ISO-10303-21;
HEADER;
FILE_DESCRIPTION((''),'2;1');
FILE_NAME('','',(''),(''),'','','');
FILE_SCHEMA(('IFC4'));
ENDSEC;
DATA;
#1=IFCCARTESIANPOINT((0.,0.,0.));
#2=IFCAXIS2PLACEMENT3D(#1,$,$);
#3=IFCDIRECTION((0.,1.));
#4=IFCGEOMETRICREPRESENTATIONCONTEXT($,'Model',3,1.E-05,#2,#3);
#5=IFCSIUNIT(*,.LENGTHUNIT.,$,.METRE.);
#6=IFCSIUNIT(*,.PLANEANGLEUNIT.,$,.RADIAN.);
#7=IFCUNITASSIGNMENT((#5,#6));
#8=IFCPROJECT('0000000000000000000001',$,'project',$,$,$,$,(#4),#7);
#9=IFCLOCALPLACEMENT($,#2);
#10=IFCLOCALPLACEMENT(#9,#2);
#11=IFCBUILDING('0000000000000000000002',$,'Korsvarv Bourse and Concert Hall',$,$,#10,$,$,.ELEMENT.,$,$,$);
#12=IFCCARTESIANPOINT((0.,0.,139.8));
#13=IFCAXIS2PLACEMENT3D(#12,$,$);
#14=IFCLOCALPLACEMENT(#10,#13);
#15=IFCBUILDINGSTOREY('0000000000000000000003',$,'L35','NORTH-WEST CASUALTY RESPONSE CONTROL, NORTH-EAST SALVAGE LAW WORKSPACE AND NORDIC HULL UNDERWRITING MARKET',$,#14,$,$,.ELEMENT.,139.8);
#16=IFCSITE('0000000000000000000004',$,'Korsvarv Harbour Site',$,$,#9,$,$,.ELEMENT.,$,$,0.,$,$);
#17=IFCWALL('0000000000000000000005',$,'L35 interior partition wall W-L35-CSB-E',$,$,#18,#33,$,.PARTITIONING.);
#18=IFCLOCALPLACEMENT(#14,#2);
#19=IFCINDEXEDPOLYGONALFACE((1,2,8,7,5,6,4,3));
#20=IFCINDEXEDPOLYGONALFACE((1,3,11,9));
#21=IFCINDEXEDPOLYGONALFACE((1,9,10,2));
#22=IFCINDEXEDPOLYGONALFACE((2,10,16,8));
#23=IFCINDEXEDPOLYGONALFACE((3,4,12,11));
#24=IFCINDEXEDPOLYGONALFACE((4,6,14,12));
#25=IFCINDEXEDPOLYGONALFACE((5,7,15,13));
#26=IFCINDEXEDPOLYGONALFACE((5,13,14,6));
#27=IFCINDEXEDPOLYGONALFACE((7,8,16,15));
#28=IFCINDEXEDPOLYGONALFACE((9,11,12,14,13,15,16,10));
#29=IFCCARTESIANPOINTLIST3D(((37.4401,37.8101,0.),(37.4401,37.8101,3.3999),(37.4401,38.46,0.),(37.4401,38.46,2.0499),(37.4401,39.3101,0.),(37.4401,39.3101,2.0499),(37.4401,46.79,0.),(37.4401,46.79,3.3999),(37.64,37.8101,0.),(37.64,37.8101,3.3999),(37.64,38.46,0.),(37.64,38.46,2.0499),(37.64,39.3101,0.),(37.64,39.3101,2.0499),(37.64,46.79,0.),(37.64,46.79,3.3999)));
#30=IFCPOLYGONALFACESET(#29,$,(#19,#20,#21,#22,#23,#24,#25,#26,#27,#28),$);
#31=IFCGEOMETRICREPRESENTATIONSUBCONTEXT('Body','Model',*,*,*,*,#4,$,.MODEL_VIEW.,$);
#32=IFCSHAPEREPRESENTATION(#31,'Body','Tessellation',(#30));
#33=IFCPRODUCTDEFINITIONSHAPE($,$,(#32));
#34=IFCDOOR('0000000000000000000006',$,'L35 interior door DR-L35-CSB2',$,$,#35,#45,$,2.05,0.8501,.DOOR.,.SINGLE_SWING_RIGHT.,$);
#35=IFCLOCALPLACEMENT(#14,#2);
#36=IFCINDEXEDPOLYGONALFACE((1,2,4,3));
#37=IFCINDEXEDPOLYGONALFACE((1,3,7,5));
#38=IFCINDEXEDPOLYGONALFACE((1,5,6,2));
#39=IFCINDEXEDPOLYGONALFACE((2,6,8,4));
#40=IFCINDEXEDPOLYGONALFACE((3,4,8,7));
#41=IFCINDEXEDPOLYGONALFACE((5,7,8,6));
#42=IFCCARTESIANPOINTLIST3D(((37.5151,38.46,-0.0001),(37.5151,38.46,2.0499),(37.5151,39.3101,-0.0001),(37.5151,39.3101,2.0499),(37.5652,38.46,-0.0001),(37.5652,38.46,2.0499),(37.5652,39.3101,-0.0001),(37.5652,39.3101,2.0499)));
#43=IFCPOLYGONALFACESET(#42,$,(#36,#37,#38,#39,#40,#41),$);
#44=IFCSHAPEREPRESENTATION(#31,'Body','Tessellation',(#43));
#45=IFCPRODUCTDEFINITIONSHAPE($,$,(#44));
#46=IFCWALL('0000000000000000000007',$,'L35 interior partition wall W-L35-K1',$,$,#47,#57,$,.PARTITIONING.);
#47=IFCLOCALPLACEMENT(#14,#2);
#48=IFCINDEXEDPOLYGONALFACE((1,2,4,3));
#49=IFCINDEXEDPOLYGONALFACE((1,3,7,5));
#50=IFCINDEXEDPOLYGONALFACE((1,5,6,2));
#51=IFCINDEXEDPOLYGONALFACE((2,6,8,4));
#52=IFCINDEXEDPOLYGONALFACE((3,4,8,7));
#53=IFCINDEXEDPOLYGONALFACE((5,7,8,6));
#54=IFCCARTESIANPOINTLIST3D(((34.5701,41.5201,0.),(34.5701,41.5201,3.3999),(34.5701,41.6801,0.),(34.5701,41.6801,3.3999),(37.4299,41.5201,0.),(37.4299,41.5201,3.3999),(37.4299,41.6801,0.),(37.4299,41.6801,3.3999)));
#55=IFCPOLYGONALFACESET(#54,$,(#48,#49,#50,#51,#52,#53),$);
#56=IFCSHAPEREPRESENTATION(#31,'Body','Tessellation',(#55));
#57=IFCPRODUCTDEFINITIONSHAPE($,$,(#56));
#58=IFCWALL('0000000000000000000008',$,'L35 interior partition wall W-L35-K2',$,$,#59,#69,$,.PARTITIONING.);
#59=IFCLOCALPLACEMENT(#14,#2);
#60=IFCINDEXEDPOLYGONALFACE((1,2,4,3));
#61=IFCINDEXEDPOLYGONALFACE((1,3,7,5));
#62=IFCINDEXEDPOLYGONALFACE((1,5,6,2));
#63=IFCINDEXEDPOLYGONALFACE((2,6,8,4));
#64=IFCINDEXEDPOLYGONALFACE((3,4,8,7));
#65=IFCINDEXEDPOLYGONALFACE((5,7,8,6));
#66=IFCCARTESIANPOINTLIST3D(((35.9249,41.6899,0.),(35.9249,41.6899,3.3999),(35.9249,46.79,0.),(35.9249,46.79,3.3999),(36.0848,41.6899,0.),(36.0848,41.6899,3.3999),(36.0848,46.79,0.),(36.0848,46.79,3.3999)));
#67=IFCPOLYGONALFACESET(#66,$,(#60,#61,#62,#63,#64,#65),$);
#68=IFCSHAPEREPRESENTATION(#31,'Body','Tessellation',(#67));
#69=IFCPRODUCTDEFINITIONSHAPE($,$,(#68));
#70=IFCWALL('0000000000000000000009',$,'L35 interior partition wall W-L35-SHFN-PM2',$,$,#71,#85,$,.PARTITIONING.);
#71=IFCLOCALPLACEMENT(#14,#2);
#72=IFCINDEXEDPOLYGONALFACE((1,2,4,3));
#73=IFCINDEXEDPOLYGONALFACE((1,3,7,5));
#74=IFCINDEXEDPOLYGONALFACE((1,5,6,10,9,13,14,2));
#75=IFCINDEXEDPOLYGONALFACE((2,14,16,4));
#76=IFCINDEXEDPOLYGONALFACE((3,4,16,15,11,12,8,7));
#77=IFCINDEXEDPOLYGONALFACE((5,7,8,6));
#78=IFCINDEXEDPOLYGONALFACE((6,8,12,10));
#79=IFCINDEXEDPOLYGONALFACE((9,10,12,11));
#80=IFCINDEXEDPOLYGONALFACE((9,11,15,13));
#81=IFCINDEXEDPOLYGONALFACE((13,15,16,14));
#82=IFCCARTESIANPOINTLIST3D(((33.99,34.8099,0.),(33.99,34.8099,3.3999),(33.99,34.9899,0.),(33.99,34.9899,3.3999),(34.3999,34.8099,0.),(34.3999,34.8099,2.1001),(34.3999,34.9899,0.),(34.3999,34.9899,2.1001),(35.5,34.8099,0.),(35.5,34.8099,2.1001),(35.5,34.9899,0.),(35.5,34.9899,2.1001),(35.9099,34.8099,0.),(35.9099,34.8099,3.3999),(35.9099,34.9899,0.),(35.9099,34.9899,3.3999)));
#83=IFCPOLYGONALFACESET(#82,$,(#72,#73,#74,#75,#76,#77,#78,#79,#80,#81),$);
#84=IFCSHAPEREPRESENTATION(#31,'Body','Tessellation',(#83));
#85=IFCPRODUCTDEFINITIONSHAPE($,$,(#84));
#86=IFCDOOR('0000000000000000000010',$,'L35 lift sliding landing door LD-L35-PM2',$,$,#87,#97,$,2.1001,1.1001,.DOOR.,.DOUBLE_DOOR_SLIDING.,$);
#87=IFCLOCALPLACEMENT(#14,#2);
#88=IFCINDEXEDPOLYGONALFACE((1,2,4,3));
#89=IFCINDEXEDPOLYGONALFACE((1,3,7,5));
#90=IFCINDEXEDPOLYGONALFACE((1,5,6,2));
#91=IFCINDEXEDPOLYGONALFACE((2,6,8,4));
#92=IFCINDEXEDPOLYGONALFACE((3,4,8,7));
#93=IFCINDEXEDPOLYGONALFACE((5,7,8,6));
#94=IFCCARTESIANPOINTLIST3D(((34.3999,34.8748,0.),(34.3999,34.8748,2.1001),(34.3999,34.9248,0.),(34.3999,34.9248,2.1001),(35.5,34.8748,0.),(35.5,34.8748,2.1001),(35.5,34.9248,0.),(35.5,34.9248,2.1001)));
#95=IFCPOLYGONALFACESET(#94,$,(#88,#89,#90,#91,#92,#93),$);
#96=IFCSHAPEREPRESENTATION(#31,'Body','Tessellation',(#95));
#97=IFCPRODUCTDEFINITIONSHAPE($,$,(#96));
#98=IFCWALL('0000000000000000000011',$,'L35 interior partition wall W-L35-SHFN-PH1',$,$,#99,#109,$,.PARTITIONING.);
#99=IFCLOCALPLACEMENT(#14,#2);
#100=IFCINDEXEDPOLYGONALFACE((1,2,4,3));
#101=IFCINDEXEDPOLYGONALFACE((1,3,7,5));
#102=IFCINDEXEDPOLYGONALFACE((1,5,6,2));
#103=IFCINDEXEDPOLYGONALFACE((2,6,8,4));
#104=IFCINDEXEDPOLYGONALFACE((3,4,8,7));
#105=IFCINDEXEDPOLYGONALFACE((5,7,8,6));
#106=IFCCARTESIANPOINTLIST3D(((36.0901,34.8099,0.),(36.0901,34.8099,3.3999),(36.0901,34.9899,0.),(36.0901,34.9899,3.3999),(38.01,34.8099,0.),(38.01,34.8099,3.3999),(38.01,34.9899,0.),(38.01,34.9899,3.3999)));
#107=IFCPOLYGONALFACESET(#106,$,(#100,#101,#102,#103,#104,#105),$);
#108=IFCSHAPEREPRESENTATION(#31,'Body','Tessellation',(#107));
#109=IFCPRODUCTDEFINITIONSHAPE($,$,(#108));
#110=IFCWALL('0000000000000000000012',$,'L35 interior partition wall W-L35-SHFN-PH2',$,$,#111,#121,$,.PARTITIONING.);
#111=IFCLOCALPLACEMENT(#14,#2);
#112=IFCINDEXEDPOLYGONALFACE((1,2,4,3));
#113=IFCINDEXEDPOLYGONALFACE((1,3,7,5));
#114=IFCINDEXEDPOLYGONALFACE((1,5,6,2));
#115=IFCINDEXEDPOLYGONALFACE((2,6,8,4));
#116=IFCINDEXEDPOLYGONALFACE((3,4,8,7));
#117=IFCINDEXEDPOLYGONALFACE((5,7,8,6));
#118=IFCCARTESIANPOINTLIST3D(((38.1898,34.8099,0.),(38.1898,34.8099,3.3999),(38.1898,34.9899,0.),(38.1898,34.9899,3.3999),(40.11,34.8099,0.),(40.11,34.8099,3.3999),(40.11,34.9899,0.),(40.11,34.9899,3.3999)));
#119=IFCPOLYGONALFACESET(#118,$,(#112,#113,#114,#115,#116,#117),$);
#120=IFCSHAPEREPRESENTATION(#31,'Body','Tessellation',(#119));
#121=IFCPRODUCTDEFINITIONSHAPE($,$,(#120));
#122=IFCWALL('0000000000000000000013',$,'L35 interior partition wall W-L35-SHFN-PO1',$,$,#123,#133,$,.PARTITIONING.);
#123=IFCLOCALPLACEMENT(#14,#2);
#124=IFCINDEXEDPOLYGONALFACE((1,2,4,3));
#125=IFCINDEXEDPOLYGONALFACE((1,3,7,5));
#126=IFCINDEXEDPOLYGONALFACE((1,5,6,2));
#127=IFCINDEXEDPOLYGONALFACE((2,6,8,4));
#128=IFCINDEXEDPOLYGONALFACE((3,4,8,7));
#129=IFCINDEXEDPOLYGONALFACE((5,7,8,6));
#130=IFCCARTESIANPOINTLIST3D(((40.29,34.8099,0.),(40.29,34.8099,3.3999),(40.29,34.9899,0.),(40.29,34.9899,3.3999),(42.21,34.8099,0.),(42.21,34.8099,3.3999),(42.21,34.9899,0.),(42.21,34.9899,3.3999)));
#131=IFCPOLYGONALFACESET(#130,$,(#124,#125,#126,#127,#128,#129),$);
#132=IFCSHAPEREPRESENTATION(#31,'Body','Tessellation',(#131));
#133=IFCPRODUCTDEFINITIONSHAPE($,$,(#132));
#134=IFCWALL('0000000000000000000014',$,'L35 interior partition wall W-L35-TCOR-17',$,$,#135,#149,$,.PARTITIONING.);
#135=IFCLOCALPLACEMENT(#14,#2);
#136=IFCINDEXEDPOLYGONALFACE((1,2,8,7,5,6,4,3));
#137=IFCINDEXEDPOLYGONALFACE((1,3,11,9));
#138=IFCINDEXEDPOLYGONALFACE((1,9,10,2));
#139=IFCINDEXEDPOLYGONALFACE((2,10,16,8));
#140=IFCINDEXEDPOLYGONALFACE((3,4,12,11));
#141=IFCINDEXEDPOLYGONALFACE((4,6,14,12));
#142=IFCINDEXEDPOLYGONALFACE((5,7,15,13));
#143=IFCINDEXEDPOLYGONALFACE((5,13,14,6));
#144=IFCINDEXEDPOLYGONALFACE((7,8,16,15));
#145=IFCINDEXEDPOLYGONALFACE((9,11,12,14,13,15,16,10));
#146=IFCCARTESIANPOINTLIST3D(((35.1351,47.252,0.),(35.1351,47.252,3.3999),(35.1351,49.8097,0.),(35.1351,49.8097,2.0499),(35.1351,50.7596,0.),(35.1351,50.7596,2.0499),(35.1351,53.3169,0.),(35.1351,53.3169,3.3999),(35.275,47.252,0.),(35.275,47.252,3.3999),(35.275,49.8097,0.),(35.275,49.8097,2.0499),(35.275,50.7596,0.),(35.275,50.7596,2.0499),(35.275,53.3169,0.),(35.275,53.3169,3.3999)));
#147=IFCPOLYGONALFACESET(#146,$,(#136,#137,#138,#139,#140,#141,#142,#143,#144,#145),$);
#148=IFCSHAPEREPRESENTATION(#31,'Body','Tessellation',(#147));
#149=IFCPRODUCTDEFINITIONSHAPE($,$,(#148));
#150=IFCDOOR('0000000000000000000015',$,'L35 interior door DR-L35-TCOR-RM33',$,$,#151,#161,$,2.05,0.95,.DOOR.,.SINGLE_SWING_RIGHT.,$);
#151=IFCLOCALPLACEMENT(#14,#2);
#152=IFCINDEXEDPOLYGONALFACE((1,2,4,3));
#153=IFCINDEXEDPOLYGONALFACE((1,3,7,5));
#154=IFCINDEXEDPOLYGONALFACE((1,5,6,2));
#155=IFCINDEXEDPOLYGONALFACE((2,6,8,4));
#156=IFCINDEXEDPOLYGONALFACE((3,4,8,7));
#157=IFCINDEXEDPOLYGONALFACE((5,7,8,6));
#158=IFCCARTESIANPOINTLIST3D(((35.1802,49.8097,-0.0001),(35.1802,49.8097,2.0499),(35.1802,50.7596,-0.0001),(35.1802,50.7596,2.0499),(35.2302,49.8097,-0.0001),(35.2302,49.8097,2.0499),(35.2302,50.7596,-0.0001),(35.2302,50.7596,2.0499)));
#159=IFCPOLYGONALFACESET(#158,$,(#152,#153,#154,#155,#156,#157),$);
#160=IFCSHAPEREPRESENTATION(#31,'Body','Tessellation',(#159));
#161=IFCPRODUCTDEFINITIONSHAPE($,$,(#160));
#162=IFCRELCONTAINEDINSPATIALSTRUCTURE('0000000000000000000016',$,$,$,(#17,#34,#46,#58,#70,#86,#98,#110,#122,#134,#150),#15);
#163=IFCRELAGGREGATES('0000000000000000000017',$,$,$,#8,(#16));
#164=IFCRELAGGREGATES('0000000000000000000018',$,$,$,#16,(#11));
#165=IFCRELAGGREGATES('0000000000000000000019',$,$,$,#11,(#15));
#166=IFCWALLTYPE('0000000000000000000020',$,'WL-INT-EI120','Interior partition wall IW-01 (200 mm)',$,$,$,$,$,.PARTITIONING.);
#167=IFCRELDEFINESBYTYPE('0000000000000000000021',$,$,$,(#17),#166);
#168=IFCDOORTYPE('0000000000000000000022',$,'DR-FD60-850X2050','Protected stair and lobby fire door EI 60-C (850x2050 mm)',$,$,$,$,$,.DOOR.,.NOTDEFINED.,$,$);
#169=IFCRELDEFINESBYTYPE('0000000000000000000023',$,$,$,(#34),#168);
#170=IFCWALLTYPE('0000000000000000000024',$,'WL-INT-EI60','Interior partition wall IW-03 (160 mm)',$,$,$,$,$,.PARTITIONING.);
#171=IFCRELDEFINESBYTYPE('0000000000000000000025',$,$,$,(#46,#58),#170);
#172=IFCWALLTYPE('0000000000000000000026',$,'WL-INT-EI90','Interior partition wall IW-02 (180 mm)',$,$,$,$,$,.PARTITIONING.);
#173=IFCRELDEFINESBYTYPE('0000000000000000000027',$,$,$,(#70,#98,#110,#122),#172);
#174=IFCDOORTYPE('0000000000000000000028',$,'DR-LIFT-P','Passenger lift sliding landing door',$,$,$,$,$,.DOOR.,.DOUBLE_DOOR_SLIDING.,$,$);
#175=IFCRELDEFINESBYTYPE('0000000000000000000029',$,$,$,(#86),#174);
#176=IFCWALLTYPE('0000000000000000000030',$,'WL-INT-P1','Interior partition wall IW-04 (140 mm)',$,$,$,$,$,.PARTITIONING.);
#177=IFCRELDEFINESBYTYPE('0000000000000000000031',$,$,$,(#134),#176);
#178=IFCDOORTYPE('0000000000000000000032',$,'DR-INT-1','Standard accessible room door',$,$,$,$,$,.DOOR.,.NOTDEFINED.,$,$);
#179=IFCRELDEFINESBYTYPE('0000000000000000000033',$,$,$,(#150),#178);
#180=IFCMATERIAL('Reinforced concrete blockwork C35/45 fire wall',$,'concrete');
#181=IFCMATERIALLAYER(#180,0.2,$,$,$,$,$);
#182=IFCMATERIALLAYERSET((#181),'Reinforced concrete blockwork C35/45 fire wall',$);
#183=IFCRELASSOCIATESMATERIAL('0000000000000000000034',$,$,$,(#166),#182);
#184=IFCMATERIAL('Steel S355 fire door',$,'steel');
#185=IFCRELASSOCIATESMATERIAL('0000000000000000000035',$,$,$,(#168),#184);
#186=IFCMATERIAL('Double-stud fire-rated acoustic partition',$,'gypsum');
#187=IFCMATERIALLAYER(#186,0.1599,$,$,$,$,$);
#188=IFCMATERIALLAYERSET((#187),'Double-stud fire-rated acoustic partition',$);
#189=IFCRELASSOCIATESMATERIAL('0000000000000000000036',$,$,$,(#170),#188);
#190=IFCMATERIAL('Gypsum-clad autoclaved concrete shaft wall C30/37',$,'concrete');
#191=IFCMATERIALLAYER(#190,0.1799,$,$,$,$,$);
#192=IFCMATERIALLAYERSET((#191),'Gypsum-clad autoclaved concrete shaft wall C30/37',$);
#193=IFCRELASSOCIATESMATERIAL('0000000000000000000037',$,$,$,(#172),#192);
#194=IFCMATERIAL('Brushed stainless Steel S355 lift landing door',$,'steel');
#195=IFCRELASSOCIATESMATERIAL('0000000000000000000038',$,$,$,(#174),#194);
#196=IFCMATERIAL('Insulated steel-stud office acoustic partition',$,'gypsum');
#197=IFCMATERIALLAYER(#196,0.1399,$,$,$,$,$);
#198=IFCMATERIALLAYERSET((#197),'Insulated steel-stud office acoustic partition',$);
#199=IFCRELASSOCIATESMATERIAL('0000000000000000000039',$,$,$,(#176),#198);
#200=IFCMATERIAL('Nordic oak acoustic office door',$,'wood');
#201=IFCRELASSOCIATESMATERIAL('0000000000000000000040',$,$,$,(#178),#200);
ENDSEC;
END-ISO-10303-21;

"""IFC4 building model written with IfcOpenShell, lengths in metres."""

from ifc_helpers import new_model, si_unit, direction, frame, frame_2d, origin, place, context, subcontext, project, spatial, rectangle, extrude, material, layer, layer_set, type_object, element, fill, save


model = new_model("IFC4")

# Units and contexts
model_context = context("Model", 3, precision=1e-05, world=origin(), true_north=direction((0.0, 1.0)))
body_context = subcontext(model_context, "Body", "Model", "MODEL_VIEW")
ifc_project = project(units=[si_unit("LENGTHUNIT", "METRE"), si_unit("PLANEANGLEUNIT", "RADIAN")], contexts=[model_context])

# Site, building, storey
site_placement = place(None, origin())
site = spatial("IfcSite", under=ifc_project, at=site_placement, Name="Korsvarv Harbour Site", CompositionType="ELEMENT", RefElevation=0.0)
building_placement = place(site_placement, origin())
building = spatial("IfcBuilding", under=site, at=building_placement, Name="Korsvarv Bourse and Concert Hall", CompositionType="ELEMENT")
storey_placement = place(building_placement, frame((0.0, 0.0, 139.8)))
storey = spatial("IfcBuildingStorey", under=building, at=storey_placement, Name="L35", Description="NORTH-WEST CASUALTY RESPONSE CONTROL, NORTH-EAST SALVAGE LAW WORKSPACE AND NORDIC HULL UNDERWRITING MARKET", CompositionType="ELEMENT", Elevation=139.8)

# Shared definitions
ifc_material_1 = material(Name="Steel S355 fire door", Category="steel")

# Wall, opening, door
ifc_material_2 = material(Name="Reinforced concrete blockwork C35/45 fire wall", Category="concrete")
ifc_layer_1 = layer(ifc_material_2, 0.2)
ifc_layer_set_1 = layer_set([ifc_layer_1], Name="Reinforced concrete blockwork C35/45 fire wall")
wall_type_1 = type_object("IfcWallType", Name="WL-INT-EI120", Description="Interior partition wall IW-01 (200 mm)", PredefinedType="PARTITIONING", material=ifc_layer_set_1)
door_type_1 = type_object("IfcDoorType", Name="DR-FD60-850X2050", Description="Protected stair and lobby fire door EI 60-C (850x2050 mm)", OperationType="NOTDEFINED", PredefinedType="DOOR", material=ifc_material_1)
wall_1_placement = place(storey_placement, frame((37.54, 37.8101, 0.0), z_axis=(0.0, 0.0, 1.0), x_axis=(0.0, 1.0, 0.0)))
wall_1 = element("IfcWall", 1, at=wall_1_placement, inside=storey, type_object=wall_type_1, Name="L35 interior partition wall W-L35-CSB-E", PredefinedType="PARTITIONING", context=body_context, shape_type="SweptSolid", body=[
    extrude(rectangle(XDim=8.98, YDim=0.2, at=frame_2d((4.49, 0.0))), origin(), (0.0, 0.0, 1.0), 3.3999),
])
opening_1_placement = place(wall_1_placement, frame((0.6499, 0.0, 0.0)))
opening_1 = element("IfcOpeningElement", 2, at=opening_1_placement, cuts=wall_1, PredefinedType="OPENING", context=body_context, shape_type="SweptSolid", body=[
    extrude(rectangle(XDim=0.8501, YDim=2.05, at=frame_2d((0.425, 1.0249))), frame((0.0, 0.1099, 0.0), z_axis=(0.0, -1.0, 0.0), x_axis=(1.0, 0.0, 0.0)), (0.0, 0.0, 1.0), 0.22),
])
door_1_placement = place(opening_1_placement, origin())
door_1 = element("IfcDoor", 3, at=door_1_placement, inside=storey, type_object=door_type_1, Name="L35 interior door DR-L35-CSB2", OperationType="SINGLE_SWING_RIGHT", OverallHeight=2.05, OverallWidth=0.8501, PredefinedType="DOOR", context=body_context, shape_type="SweptSolid", body=[
    extrude(rectangle(XDim=0.8501, YDim=2.05, at=frame_2d((0.425, 1.0249))), frame((0.0, 0.0249, 0.0), z_axis=(0.0, -1.0, 0.0), x_axis=(1.0, 0.0, 0.0)), (0.0, 0.0, 1.0), 0.05),
])
fill(opening_1, door_1)

# Walls
ifc_material_3 = material(Name="Double-stud fire-rated acoustic partition", Category="gypsum")
ifc_layer_2 = layer(ifc_material_3, 0.1599)
ifc_layer_set_2 = layer_set([ifc_layer_2], Name="Double-stud fire-rated acoustic partition")
wall_type_2 = type_object("IfcWallType", Name="WL-INT-EI60", Description="Interior partition wall IW-03 (160 mm)", PredefinedType="PARTITIONING", material=ifc_layer_set_2)
wall_2_placement = place(storey_placement, frame((34.5701, 41.6001, 0.0), z_axis=(0.0, 0.0, 1.0), x_axis=(1.0, 0.0, 0.0)))
element("IfcWall", 4, at=wall_2_placement, inside=storey, type_object=wall_type_2, Name="L35 interior partition wall W-L35-K1", PredefinedType="PARTITIONING", context=body_context, shape_type="SweptSolid", body=[
    extrude(rectangle(XDim=2.8599, YDim=0.1599, at=frame_2d((1.4299, 0.0))), origin(), (0.0, 0.0, 1.0), 3.3999),
])
wall_3_placement = place(storey_placement, frame((36.0049, 41.6899, 0.0), z_axis=(0.0, 0.0, 1.0), x_axis=(0.0, 1.0, 0.0)))
element("IfcWall", 5, at=wall_3_placement, inside=storey, type_object=wall_type_2, Name="L35 interior partition wall W-L35-K2", PredefinedType="PARTITIONING", context=body_context, shape_type="SweptSolid", body=[
    extrude(rectangle(XDim=5.1001, YDim=0.1599, at=frame_2d((2.55, 0.0))), origin(), (0.0, 0.0, 1.0), 3.3999),
])

# Wall, opening, door
ifc_material_4 = material(Name="Gypsum-clad autoclaved concrete shaft wall C30/37", Category="concrete")
ifc_layer_3 = layer(ifc_material_4, 0.1799)
ifc_layer_set_3 = layer_set([ifc_layer_3], Name="Gypsum-clad autoclaved concrete shaft wall C30/37")
wall_type_3 = type_object("IfcWallType", Name="WL-INT-EI90", Description="Interior partition wall IW-02 (180 mm)", PredefinedType="PARTITIONING", material=ifc_layer_set_3)
wall_4_placement = place(storey_placement, frame((33.99, 34.8999, 0.0), z_axis=(0.0, 0.0, 1.0), x_axis=(1.0, 0.0, 0.0)))
wall_4 = element("IfcWall", 6, at=wall_4_placement, inside=storey, type_object=wall_type_3, Name="L35 interior partition wall W-L35-SHFN-PM2", PredefinedType="PARTITIONING", context=body_context, shape_type="SweptSolid", body=[
    extrude(rectangle(XDim=1.9199, YDim=0.1799, at=frame_2d((0.96, 0.0))), origin(), (0.0, 0.0, 1.0), 3.3999),
])
opening_2_placement = place(wall_4_placement, frame((0.4099, 0.0, 0.0)))
opening_2 = element("IfcOpeningElement", 7, at=opening_2_placement, cuts=wall_4, PredefinedType="OPENING", context=body_context, shape_type="SweptSolid", body=[
    extrude(rectangle(XDim=1.1001, YDim=2.1001, at=frame_2d((0.55, 1.05))), frame((0.0, 0.1001, 0.0), z_axis=(0.0, -1.0, 0.0), x_axis=(1.0, 0.0, 0.0)), (0.0, 0.0, 1.0), 0.2),
])
ifc_material_5 = material(Name="Brushed stainless Steel S355 lift landing door", Category="steel")
door_type_2 = type_object("IfcDoorType", Name="DR-LIFT-P", Description="Passenger lift sliding landing door", OperationType="DOUBLE_DOOR_SLIDING", PredefinedType="DOOR", material=ifc_material_5)
door_2_placement = place(opening_2_placement, origin())
door_2 = element("IfcDoor", 8, at=door_2_placement, inside=storey, type_object=door_type_2, Name="L35 lift sliding landing door LD-L35-PM2", OperationType="DOUBLE_DOOR_SLIDING", OverallHeight=2.1001, OverallWidth=1.1001, PredefinedType="DOOR", context=body_context, shape_type="SweptSolid", body=[
    extrude(rectangle(XDim=1.1001, YDim=2.1001, at=frame_2d((0.55, 1.05))), frame((0.0, 0.0249, 0.0), z_axis=(0.0, -1.0, 0.0), x_axis=(1.0, 0.0, 0.0)), (0.0, 0.0, 1.0), 0.05),
])
fill(opening_2, door_2)

# Walls
wall_5_placement = place(storey_placement, frame((36.0901, 34.8999, 0.0), z_axis=(0.0, 0.0, 1.0), x_axis=(1.0, 0.0, 0.0)))
element("IfcWall", 9, at=wall_5_placement, inside=storey, type_object=wall_type_3, Name="L35 interior partition wall W-L35-SHFN-PH1", PredefinedType="PARTITIONING", context=body_context, shape_type="SweptSolid", body=[
    extrude(rectangle(XDim=1.9199, YDim=0.1799, at=frame_2d((0.96, 0.0))), origin(), (0.0, 0.0, 1.0), 3.3999),
])
wall_6_placement = place(storey_placement, frame((38.1899, 34.8999, 0.0), z_axis=(0.0, 0.0, 1.0), x_axis=(1.0, 0.0, 0.0)))
element("IfcWall", 10, at=wall_6_placement, inside=storey, type_object=wall_type_3, Name="L35 interior partition wall W-L35-SHFN-PH2", PredefinedType="PARTITIONING", context=body_context, shape_type="SweptSolid", body=[
    extrude(rectangle(XDim=1.9202, YDim=0.1799, at=frame_2d((0.96, 0.0))), origin(), (0.0, 0.0, 1.0), 3.3999),
])
wall_7_placement = place(storey_placement, frame((40.29, 34.8999, 0.0), z_axis=(0.0, 0.0, 1.0), x_axis=(1.0, 0.0, 0.0)))
element("IfcWall", 11, at=wall_7_placement, inside=storey, type_object=wall_type_3, Name="L35 interior partition wall W-L35-SHFN-PO1", PredefinedType="PARTITIONING", context=body_context, shape_type="SweptSolid", body=[
    extrude(rectangle(XDim=1.9199, YDim=0.1799, at=frame_2d((0.96, 0.0))), origin(), (0.0, 0.0, 1.0), 3.3999),
])

# Wall, opening, door
ifc_material_6 = material(Name="Insulated steel-stud office acoustic partition", Category="gypsum")
ifc_layer_4 = layer(ifc_material_6, 0.1399)
ifc_layer_set_4 = layer_set([ifc_layer_4], Name="Insulated steel-stud office acoustic partition")
wall_type_4 = type_object("IfcWallType", Name="WL-INT-P1", Description="Interior partition wall IW-04 (140 mm)", PredefinedType="PARTITIONING", material=ifc_layer_set_4)
wall_8_placement = place(storey_placement, frame((35.2051, 47.252, 0.0), z_axis=(0.0, 0.0, 1.0), x_axis=(0.0, 1.0, 0.0)))
wall_8 = element("IfcWall", 12, at=wall_8_placement, inside=storey, type_object=wall_type_4, Name="L35 interior partition wall W-L35-TCOR-17", PredefinedType="PARTITIONING", context=body_context, shape_type="SweptSolid", body=[
    extrude(rectangle(XDim=6.0649, YDim=0.1399, at=frame_2d((3.0325, 0.0))), origin(), (0.0, 0.0, 1.0), 3.3999),
])
opening_3_placement = place(wall_8_placement, frame((2.5576, 0.0, 0.0)))
opening_3 = element("IfcOpeningElement", 13, at=opening_3_placement, cuts=wall_8, PredefinedType="OPENING", context=body_context, shape_type="SweptSolid", body=[
    extrude(rectangle(XDim=0.95, YDim=2.05, at=frame_2d((0.4751, 1.0249))), frame((0.0, 0.0801, 0.0), z_axis=(0.0, -1.0, 0.0), x_axis=(1.0, 0.0, 0.0)), (0.0, 0.0, 1.0), 0.1599),
])
ifc_material_7 = material(Name="Nordic oak acoustic office door", Category="wood")
door_type_3 = type_object("IfcDoorType", Name="DR-INT-1", Description="Standard accessible room door", OperationType="NOTDEFINED", PredefinedType="DOOR", material=ifc_material_7)
door_3_placement = place(opening_3_placement, origin())
door_3 = element("IfcDoor", 14, at=door_3_placement, inside=storey, type_object=door_type_3, Name="L35 interior door DR-L35-TCOR-RM33", OperationType="SINGLE_SWING_RIGHT", OverallHeight=2.05, OverallWidth=0.95, PredefinedType="DOOR", context=body_context, shape_type="SweptSolid", body=[
    extrude(rectangle(XDim=0.95, YDim=2.05, at=frame_2d((0.4751, 1.0249))), frame((0.0, 0.0249, 0.0), z_axis=(0.0, -1.0, 0.0), x_axis=(1.0, 0.0, 0.0)), (0.0, 0.0, 1.0), 0.05),
])
fill(opening_3, door_3)

save(model, "model.ifc")
